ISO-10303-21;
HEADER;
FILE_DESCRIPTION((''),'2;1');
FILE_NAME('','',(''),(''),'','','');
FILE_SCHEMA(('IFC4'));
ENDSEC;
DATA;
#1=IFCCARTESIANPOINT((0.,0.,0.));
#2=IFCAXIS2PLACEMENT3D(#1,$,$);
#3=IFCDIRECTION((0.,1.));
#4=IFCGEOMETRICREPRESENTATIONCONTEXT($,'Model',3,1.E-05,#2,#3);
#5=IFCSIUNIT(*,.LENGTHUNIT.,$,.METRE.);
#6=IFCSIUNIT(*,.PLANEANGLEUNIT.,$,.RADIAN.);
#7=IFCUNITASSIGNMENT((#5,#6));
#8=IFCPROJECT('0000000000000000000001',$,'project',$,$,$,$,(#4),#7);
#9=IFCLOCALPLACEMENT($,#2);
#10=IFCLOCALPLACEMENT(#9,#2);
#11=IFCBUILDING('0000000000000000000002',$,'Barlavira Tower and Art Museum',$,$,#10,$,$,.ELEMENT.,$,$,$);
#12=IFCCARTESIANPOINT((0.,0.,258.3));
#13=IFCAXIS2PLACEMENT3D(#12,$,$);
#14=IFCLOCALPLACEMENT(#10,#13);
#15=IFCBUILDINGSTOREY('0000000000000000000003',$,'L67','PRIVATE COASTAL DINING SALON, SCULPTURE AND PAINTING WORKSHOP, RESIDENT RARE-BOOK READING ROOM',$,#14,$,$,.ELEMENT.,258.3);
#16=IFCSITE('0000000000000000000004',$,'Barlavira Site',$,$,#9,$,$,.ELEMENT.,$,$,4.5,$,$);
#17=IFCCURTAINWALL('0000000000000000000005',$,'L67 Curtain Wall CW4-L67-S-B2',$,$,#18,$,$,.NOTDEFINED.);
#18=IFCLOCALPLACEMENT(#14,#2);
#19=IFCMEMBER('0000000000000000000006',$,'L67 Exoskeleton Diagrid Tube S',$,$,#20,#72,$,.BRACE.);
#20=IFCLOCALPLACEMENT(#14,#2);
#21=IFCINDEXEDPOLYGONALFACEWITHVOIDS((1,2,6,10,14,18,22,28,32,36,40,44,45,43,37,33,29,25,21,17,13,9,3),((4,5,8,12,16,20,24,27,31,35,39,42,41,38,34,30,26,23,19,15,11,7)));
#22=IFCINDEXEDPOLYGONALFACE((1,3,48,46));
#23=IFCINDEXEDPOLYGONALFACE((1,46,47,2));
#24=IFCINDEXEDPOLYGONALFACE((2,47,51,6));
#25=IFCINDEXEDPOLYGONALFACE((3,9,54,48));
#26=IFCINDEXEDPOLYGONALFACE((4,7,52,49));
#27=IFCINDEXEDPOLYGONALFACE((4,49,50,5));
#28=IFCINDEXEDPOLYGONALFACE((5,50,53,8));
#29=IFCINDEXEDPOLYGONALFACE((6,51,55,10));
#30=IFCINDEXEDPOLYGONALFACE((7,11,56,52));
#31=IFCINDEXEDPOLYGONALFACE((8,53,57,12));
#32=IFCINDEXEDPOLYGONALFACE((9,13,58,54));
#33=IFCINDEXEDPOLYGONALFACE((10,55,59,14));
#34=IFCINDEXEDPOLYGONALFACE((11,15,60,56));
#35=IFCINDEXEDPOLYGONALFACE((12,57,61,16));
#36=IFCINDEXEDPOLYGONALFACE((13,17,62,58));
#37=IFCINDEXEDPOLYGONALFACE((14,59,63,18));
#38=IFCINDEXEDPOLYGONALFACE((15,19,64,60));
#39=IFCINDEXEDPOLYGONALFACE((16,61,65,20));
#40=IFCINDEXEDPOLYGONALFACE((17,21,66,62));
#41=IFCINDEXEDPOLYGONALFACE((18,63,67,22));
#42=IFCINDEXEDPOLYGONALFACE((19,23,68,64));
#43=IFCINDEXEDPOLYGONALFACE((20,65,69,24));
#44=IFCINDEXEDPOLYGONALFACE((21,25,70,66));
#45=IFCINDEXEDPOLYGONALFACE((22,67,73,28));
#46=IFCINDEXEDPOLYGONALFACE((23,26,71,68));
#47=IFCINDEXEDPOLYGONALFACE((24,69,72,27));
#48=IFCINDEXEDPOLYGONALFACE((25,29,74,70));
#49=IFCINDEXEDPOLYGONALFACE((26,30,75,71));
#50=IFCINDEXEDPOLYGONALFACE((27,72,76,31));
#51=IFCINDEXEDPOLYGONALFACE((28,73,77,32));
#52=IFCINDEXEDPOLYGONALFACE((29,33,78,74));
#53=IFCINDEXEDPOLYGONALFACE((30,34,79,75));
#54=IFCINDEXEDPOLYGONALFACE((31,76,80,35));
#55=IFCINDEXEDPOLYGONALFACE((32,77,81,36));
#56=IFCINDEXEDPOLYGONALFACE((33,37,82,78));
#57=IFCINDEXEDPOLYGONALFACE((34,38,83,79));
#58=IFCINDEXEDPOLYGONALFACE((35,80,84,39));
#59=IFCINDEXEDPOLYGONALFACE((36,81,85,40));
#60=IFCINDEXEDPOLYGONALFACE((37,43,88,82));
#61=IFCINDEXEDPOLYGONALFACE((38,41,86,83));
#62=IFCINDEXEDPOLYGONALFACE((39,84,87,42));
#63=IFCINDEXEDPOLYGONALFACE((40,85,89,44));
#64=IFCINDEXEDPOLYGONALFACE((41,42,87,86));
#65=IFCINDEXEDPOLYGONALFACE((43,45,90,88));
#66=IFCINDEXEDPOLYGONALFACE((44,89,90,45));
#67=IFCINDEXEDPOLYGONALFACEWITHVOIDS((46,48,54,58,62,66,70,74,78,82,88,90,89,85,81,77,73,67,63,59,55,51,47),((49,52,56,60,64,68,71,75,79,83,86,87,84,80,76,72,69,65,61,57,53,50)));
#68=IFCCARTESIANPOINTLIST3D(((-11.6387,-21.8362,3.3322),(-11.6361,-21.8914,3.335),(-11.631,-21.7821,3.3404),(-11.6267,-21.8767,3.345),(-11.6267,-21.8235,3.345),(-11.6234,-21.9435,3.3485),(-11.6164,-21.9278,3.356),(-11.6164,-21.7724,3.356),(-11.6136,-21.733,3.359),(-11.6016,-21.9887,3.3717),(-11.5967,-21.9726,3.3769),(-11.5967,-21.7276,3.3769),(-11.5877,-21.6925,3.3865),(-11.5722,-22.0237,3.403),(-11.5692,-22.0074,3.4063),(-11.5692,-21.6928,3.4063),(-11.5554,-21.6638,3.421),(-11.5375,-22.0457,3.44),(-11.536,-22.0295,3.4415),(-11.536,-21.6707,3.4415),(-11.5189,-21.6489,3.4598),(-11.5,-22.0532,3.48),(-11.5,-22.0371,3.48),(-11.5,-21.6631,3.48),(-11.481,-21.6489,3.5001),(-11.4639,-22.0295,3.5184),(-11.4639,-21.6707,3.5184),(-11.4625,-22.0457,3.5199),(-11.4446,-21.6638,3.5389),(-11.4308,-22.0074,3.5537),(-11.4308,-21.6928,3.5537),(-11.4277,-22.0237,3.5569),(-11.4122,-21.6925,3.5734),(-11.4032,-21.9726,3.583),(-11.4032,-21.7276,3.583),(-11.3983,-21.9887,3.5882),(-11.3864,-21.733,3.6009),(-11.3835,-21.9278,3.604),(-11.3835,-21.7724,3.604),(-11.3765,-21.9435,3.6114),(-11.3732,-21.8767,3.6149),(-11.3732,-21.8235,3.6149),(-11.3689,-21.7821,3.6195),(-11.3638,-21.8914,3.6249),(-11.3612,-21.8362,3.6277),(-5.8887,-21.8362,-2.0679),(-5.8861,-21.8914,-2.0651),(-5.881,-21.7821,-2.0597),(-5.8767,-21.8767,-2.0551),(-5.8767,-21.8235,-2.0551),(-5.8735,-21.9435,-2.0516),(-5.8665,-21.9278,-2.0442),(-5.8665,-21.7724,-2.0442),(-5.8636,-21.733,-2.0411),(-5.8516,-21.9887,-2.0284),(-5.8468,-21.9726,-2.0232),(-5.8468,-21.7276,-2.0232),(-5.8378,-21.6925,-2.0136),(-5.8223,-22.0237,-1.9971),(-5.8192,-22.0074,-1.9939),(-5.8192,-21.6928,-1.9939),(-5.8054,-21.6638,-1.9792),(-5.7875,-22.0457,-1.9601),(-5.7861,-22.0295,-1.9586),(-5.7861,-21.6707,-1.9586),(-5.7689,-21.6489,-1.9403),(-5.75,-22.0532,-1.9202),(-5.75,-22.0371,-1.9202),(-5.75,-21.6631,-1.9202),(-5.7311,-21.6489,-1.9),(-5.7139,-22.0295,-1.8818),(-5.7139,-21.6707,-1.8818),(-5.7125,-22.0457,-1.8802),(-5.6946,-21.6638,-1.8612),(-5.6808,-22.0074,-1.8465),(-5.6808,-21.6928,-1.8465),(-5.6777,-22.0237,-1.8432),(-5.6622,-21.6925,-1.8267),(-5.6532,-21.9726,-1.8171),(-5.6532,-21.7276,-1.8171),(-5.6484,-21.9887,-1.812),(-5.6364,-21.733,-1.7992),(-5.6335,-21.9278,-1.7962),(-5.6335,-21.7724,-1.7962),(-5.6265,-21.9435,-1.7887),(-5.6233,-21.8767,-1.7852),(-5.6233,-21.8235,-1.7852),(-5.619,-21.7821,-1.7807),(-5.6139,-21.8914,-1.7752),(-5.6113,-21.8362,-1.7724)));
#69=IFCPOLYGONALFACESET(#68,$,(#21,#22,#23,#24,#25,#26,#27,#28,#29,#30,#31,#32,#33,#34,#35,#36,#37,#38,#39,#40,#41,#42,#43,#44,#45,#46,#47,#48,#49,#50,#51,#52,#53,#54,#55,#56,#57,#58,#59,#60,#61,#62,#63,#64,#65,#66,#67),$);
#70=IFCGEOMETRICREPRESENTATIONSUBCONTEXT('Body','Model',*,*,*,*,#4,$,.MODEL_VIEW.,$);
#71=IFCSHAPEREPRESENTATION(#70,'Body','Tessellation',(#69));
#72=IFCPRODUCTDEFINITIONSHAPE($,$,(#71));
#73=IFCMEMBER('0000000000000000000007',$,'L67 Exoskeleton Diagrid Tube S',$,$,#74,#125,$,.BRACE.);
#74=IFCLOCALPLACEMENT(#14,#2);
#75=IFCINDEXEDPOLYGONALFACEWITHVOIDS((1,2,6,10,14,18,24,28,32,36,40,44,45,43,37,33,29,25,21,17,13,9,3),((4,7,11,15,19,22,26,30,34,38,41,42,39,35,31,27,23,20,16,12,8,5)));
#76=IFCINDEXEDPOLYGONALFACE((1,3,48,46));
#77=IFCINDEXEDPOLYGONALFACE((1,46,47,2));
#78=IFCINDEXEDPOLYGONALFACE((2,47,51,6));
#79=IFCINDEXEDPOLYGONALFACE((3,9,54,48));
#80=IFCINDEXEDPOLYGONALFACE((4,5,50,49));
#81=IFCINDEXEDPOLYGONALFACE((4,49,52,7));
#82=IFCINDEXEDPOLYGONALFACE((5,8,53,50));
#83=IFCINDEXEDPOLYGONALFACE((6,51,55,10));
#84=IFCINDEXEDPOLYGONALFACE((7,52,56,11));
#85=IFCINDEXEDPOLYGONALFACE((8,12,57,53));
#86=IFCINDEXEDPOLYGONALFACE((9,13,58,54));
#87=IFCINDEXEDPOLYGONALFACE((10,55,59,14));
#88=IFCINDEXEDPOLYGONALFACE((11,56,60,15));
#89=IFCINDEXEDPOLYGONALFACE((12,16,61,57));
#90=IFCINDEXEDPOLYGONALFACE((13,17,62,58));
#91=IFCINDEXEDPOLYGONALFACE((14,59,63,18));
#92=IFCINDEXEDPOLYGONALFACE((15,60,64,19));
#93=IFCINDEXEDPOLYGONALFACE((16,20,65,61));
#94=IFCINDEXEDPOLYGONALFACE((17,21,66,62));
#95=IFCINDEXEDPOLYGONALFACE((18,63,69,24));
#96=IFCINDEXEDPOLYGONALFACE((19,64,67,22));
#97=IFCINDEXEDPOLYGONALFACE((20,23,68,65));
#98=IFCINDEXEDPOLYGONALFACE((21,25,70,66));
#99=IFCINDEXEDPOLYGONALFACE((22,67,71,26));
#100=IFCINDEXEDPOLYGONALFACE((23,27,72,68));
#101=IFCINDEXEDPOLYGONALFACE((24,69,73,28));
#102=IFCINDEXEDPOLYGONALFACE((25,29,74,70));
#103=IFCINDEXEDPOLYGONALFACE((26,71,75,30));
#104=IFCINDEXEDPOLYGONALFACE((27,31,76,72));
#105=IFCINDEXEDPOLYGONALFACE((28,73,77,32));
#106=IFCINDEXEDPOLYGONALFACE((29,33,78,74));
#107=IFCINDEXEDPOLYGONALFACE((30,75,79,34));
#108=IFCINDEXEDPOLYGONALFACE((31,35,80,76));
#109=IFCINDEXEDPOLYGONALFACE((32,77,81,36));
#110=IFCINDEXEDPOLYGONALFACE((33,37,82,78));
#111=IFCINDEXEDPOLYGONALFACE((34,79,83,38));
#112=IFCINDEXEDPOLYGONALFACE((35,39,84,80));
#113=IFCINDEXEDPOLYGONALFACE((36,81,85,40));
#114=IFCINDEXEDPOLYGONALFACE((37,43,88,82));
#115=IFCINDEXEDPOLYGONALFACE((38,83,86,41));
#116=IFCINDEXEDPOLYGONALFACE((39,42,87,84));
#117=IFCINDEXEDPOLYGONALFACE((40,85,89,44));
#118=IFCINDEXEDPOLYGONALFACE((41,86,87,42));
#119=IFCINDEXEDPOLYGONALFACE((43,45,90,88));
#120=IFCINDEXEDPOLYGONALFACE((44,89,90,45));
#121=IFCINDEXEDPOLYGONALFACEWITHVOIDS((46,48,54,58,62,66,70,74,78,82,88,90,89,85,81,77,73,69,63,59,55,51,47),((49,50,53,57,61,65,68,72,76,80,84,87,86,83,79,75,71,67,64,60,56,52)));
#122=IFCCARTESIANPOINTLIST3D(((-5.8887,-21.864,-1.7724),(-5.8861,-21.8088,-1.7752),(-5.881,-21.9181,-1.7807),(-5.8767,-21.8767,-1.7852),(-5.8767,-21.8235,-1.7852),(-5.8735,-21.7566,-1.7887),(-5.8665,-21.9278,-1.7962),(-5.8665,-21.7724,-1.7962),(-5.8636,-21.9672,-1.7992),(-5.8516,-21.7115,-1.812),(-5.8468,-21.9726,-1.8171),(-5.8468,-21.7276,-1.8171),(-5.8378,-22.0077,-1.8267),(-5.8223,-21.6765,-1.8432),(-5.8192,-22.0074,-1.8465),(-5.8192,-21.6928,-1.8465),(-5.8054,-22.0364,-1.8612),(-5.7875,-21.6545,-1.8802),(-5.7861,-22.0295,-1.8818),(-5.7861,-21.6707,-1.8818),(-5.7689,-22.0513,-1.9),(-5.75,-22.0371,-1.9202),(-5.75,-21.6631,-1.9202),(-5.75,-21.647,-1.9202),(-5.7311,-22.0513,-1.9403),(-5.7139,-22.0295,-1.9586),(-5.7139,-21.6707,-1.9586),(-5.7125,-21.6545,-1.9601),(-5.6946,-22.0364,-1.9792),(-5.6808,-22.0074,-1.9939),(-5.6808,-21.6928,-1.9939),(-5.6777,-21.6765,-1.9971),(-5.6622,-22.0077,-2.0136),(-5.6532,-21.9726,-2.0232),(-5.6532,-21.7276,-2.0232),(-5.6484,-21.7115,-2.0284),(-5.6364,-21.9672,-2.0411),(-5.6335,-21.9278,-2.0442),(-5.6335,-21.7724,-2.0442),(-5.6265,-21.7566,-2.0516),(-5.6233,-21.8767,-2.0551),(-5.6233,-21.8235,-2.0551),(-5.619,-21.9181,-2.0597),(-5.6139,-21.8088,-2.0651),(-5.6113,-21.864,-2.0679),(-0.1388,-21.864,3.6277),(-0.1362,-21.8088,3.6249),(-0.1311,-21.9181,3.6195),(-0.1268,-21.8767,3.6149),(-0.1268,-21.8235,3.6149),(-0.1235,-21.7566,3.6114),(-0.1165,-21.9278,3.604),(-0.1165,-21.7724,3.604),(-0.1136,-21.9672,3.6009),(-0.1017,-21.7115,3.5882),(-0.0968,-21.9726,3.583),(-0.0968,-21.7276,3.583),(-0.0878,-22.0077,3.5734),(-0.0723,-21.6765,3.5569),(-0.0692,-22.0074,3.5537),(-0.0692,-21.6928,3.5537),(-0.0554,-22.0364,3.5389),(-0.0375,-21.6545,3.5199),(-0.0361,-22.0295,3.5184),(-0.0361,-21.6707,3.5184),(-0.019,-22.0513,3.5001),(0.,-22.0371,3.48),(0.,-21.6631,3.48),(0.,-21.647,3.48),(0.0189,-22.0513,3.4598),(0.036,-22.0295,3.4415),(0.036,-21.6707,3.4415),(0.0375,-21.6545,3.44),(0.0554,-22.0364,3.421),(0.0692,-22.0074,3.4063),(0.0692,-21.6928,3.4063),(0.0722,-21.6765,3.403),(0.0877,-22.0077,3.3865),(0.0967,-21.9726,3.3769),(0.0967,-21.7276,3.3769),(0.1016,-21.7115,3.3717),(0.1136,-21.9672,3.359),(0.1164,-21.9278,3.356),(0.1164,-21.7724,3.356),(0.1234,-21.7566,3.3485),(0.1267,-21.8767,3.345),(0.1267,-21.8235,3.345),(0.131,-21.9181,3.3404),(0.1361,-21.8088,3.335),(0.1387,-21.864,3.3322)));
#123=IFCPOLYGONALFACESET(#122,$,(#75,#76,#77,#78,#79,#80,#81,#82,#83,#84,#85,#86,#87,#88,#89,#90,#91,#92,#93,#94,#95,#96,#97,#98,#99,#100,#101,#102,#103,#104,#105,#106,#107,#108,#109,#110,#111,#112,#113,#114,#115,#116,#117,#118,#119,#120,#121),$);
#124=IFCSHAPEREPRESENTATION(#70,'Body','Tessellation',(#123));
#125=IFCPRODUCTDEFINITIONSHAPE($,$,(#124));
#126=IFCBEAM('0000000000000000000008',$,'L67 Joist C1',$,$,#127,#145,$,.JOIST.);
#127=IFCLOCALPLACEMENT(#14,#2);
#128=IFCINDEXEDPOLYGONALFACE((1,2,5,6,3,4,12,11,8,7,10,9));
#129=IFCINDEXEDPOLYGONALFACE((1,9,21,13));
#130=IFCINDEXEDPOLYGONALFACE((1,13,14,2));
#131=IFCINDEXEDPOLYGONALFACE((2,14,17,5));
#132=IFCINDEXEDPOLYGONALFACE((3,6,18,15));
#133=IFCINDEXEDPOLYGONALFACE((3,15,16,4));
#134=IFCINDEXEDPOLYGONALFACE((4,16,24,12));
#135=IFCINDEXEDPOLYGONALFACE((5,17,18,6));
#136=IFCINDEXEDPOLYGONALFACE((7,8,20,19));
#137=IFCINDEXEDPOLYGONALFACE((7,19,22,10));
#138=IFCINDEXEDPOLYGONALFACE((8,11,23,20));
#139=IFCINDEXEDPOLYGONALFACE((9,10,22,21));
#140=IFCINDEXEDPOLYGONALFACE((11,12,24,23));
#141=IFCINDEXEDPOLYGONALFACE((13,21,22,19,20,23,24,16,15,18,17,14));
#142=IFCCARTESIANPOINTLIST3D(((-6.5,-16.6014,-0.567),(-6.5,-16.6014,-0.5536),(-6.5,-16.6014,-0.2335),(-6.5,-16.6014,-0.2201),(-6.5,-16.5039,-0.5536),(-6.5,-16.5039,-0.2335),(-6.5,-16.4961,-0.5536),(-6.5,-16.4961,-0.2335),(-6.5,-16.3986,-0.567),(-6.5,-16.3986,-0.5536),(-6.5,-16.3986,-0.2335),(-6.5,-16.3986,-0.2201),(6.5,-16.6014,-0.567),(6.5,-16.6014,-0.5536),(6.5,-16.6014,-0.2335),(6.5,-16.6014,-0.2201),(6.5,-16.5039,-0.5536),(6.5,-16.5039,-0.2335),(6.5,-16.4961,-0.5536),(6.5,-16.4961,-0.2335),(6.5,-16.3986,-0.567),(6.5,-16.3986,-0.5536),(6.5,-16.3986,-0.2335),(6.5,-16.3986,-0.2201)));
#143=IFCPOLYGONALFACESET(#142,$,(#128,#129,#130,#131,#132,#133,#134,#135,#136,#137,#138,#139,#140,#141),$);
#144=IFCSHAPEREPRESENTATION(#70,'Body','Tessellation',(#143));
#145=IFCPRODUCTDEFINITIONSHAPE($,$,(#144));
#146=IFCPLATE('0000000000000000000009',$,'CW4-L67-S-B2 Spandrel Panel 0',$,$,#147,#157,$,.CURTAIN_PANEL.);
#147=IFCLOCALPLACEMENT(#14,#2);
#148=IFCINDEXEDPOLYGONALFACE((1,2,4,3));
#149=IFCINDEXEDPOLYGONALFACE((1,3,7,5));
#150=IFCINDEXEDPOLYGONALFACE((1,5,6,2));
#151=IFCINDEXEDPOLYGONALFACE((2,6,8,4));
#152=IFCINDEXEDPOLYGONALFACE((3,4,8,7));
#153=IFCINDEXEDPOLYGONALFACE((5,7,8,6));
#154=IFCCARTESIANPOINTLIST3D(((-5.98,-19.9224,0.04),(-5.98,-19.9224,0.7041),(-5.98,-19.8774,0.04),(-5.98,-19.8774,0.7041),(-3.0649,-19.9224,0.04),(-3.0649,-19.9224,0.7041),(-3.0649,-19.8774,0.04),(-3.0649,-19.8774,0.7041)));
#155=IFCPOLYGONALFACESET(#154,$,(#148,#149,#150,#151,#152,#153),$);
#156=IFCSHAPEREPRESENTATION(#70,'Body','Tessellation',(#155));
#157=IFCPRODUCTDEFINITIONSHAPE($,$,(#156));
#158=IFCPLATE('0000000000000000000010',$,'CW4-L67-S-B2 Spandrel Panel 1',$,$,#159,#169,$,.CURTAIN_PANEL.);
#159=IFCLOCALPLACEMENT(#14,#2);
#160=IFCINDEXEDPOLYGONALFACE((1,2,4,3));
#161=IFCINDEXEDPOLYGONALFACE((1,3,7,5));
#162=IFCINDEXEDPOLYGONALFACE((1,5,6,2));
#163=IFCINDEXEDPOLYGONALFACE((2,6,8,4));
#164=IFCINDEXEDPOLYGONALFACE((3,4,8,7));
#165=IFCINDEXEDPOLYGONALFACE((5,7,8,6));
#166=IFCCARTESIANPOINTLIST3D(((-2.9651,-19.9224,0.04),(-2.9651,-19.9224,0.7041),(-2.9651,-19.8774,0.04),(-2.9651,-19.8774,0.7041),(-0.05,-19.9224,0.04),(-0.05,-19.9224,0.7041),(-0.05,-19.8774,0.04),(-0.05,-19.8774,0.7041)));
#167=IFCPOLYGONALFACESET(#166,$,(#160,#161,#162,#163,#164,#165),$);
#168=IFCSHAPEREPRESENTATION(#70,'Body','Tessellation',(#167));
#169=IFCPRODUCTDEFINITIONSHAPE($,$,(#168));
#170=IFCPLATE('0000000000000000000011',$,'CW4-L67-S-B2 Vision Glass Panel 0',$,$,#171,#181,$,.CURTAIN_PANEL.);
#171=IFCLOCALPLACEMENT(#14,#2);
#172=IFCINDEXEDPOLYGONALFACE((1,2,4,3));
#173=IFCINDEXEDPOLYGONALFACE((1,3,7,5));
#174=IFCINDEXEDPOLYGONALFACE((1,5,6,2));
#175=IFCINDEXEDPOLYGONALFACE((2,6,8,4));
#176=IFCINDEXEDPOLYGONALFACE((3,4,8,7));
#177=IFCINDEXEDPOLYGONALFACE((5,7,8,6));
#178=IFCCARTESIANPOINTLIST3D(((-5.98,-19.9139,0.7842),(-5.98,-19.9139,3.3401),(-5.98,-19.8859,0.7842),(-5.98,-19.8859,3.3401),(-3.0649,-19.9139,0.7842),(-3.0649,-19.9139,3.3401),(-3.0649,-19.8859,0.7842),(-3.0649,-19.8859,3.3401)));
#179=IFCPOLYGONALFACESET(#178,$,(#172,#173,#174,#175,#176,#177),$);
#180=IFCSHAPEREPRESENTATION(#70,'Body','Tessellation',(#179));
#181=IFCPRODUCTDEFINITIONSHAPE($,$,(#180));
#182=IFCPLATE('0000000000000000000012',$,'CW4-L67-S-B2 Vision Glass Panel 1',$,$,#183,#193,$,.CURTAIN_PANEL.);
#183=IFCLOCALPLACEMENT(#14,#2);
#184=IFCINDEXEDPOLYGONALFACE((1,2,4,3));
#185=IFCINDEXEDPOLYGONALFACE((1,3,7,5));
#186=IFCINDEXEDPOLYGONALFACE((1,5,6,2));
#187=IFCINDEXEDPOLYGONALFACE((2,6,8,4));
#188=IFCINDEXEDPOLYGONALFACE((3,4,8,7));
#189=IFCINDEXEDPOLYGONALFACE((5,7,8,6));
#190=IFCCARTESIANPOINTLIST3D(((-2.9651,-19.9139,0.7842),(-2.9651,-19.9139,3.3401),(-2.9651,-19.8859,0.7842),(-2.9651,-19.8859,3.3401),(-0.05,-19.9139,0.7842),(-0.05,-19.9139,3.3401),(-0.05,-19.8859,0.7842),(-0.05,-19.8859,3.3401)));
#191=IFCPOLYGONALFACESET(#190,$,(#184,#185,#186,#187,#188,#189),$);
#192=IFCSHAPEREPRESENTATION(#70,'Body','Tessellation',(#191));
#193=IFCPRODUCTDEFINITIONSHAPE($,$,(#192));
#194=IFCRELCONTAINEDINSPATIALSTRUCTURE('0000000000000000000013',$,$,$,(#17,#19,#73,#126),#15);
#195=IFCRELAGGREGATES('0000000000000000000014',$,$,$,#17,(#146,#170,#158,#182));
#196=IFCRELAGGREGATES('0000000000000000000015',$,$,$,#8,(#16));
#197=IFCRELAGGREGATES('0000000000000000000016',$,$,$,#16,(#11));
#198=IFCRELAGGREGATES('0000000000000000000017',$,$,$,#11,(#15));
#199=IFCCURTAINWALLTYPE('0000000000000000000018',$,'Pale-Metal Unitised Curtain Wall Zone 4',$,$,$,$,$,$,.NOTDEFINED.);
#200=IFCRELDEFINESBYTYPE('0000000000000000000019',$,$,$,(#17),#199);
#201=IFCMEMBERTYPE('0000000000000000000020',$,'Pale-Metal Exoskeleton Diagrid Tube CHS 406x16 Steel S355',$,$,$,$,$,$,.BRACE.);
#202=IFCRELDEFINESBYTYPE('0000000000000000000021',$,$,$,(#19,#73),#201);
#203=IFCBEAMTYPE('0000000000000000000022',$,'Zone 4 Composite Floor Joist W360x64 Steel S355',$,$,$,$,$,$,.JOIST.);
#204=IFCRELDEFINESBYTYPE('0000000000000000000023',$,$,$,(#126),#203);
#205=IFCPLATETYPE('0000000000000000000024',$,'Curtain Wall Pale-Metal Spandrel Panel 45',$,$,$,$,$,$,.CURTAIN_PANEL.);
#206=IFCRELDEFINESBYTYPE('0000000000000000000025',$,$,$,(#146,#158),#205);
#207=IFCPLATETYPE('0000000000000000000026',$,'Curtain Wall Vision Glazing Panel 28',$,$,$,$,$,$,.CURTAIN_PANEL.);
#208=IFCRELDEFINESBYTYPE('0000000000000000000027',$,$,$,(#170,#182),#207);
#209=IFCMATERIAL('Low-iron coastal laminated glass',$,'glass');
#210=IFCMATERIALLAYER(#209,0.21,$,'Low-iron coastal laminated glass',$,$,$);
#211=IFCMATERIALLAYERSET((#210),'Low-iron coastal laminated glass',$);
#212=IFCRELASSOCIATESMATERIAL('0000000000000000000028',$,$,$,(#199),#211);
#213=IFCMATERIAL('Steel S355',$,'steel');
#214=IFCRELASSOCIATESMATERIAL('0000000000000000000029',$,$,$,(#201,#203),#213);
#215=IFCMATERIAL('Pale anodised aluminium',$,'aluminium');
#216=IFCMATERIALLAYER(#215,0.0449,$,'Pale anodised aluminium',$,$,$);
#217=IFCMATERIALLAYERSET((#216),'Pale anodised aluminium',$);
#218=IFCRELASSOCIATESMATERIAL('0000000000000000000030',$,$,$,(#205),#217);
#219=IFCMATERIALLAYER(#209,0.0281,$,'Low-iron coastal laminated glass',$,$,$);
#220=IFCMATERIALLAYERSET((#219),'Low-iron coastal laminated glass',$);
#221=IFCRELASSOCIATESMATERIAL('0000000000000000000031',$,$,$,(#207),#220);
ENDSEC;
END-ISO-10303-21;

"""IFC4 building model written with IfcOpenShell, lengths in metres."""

from ifc_helpers import new_model, si_unit, direction, frame, origin, origin_2d, place, context, subcontext, project, spatial, rectangle, hollow_circle, i_section, extrude, material, layer, layer_set, material_profile, profile_set, type_object, element, aggregate, save


model = new_model("IFC4")

# Units and contexts
model_context = context("Model", 3, precision=1e-05, world=origin(), true_north=direction((0.0, 1.0)))
body_context = subcontext(model_context, "Body", "Model", "MODEL_VIEW")
ifc_project = project(units=[si_unit("LENGTHUNIT", "METRE"), si_unit("PLANEANGLEUNIT", "RADIAN")], contexts=[model_context])

# Site, building, storey
site_placement = place(None, origin())
site = spatial("IfcSite", under=ifc_project, at=site_placement, Name="Barlavira Site", CompositionType="ELEMENT", RefElevation=4.5)
building_placement = place(site_placement, origin())
building = spatial("IfcBuilding", under=site, at=building_placement, Name="Barlavira Tower and Art Museum", CompositionType="ELEMENT")
storey_placement = place(building_placement, frame((0.0, 0.0, 258.3)))
storey = spatial("IfcBuildingStorey", under=building, at=storey_placement, Name="L67", Description="PRIVATE COASTAL DINING SALON, SCULPTURE AND PAINTING WORKSHOP, RESIDENT RARE-BOOK READING ROOM", CompositionType="ELEMENT", Elevation=258.3)

# Curtain wall
ifc_material_1 = material(Name="Low-iron coastal laminated glass", Category="glass")
ifc_layer_1 = layer(ifc_material_1, 0.21, Name="Low-iron coastal laminated glass")
ifc_layer_set_1 = layer_set([ifc_layer_1], Name="Low-iron coastal laminated glass")
curtain_wall_type = type_object("IfcCurtainWallType", Name="Pale-Metal Unitised Curtain Wall Zone 4", PredefinedType="NOTDEFINED", material=ifc_layer_set_1)
curtain_wall_placement = place(storey_placement, origin())
curtain_wall = element("IfcCurtainWall", 1, at=curtain_wall_placement, inside=storey, type_object=curtain_wall_type, Name="L67 Curtain Wall CW4-L67-S-B2", PredefinedType="NOTDEFINED")
ifc_material_2 = material(Name="Pale anodised aluminium", Category="aluminium")

# Members
ifc_material_3 = material(Name="Steel S355", Category="steel")
ifc_material_profile_1 = material_profile(ifc_material_3, hollow_circle(Radius=0.2031, WallThickness=0.0161, at=origin_2d()), Name="CHS 406.4x16.0")
ifc_profile_set_1 = profile_set([ifc_material_profile_1], Name="Steel S355")
member_type_1 = type_object("IfcMemberType", Name="Pale-Metal Exoskeleton Diagrid Tube CHS 406x16 Steel S355", PredefinedType="BRACE", material=ifc_profile_set_1)
for number, where, z_axis, x_axis, name in (
    (2, (-5.75, -21.8501, -1.9202), (-0.728935, 0.0, 0.684583), (0.0, -1.0, 0.0), "L67 Exoskeleton Diagrid Tube S"),
    (3, (-5.75, -21.8501, -1.9202), (0.728935, 0.0, 0.684583), (0.0, 1.0, 0.0), "L67 Exoskeleton Diagrid Tube S"),
):
    element("IfcMember", number, at=place(storey_placement, frame(where, z_axis=z_axis, x_axis=x_axis)), inside=storey, type_object=member_type_1, Name=name, PredefinedType="BRACE", context=body_context, shape_type="SweptSolid", body=[
        extrude(hollow_circle(Radius=0.2031, WallThickness=0.0161, at=origin_2d()), origin(), (0.0, 0.0, 1.0), 7.8882),
    ])

# Beam
ifc_material_profile_2 = material_profile(ifc_material_3, i_section(OverallWidth=0.2029, OverallDepth=0.3469, WebThickness=0.0078, FlangeThickness=0.0134, at=origin_2d()), Name="W360x64.0")
ifc_profile_set_2 = profile_set([ifc_material_profile_2], Name="Steel S355")
beam_type = type_object("IfcBeamType", Name="Zone 4 Composite Floor Joist W360x64 Steel S355", PredefinedType="JOIST", material=ifc_profile_set_2)
beam_placement = place(storey_placement, frame((-6.5, -16.5, -0.3936), z_axis=(1.0, 0.0, 0.0), x_axis=(0.0, 1.0, 0.0)))
element("IfcBeam", 4, at=beam_placement, inside=storey, type_object=beam_type, Name="L67 Joist C1", PredefinedType="JOIST", context=body_context, shape_type="SweptSolid", body=[
    extrude(i_section(OverallWidth=0.2029, OverallDepth=0.3469, WebThickness=0.0078, FlangeThickness=0.0134, at=origin_2d()), origin(), (0.0, 0.0, 1.0), 13.0),
])

# Plates
ifc_layer_2 = layer(ifc_material_2, 0.0449, Name="Pale anodised aluminium")
ifc_layer_set_2 = layer_set([ifc_layer_2], Name="Pale anodised aluminium")
plate_type_1 = type_object("IfcPlateType", Name="Curtain Wall Pale-Metal Spandrel Panel 45", PredefinedType="CURTAIN_PANEL", material=ifc_layer_set_2)
plate_1_placement = place(storey_placement, frame((-4.5225, -19.8999, 0.04), z_axis=(0.0, 0.0, 1.0), x_axis=(1.0, 0.0, 0.0)))
plate_1 = element("IfcPlate", 5, at=plate_1_placement, type_object=plate_type_1, Name="CW4-L67-S-B2 Spandrel Panel 0", PredefinedType="CURTAIN_PANEL", context=body_context, shape_type="SweptSolid", body=[
    extrude(rectangle(XDim=2.915, YDim=0.0449, at=origin_2d()), origin(), (0.0, 0.0, 1.0), 0.6641),
])
plate_2_placement = place(storey_placement, frame((-1.5076, -19.8999, 0.04), z_axis=(0.0, 0.0, 1.0), x_axis=(1.0, 0.0, 0.0)))
plate_2 = element("IfcPlate", 6, at=plate_2_placement, type_object=plate_type_1, Name="CW4-L67-S-B2 Spandrel Panel 1", PredefinedType="CURTAIN_PANEL", context=body_context, shape_type="SweptSolid", body=[
    extrude(rectangle(XDim=2.915, YDim=0.0449, at=origin_2d()), origin(), (0.0, 0.0, 1.0), 0.6641),
])
ifc_layer_3 = layer(ifc_material_1, 0.0281, Name="Low-iron coastal laminated glass")
ifc_layer_set_3 = layer_set([ifc_layer_3], Name="Low-iron coastal laminated glass")
plate_type_2 = type_object("IfcPlateType", Name="Curtain Wall Vision Glazing Panel 28", PredefinedType="CURTAIN_PANEL", material=ifc_layer_set_3)
plate_3_placement = place(storey_placement, frame((-4.5225, -19.8999, 0.7842), z_axis=(0.0, 0.0, 1.0), x_axis=(1.0, 0.0, 0.0)))
plate_3 = element("IfcPlate", 7, at=plate_3_placement, type_object=plate_type_2, Name="CW4-L67-S-B2 Vision Glass Panel 0", PredefinedType="CURTAIN_PANEL", context=body_context, shape_type="SweptSolid", body=[
    extrude(rectangle(XDim=2.915, YDim=0.0281, at=origin_2d()), origin(), (0.0, 0.0, 1.0), 2.5559),
])
plate_4_placement = place(storey_placement, frame((-1.5076, -19.8999, 0.7842), z_axis=(0.0, 0.0, 1.0), x_axis=(1.0, 0.0, 0.0)))
plate_4 = element("IfcPlate", 8, at=plate_4_placement, type_object=plate_type_2, Name="CW4-L67-S-B2 Vision Glass Panel 1", PredefinedType="CURTAIN_PANEL", context=body_context, shape_type="SweptSolid", body=[
    extrude(rectangle(XDim=2.915, YDim=0.0281, at=origin_2d()), origin(), (0.0, 0.0, 1.0), 2.5559),
])
aggregate(curtain_wall, [plate_1, plate_3, plate_2, plate_4])

save(model, "model.ifc")
